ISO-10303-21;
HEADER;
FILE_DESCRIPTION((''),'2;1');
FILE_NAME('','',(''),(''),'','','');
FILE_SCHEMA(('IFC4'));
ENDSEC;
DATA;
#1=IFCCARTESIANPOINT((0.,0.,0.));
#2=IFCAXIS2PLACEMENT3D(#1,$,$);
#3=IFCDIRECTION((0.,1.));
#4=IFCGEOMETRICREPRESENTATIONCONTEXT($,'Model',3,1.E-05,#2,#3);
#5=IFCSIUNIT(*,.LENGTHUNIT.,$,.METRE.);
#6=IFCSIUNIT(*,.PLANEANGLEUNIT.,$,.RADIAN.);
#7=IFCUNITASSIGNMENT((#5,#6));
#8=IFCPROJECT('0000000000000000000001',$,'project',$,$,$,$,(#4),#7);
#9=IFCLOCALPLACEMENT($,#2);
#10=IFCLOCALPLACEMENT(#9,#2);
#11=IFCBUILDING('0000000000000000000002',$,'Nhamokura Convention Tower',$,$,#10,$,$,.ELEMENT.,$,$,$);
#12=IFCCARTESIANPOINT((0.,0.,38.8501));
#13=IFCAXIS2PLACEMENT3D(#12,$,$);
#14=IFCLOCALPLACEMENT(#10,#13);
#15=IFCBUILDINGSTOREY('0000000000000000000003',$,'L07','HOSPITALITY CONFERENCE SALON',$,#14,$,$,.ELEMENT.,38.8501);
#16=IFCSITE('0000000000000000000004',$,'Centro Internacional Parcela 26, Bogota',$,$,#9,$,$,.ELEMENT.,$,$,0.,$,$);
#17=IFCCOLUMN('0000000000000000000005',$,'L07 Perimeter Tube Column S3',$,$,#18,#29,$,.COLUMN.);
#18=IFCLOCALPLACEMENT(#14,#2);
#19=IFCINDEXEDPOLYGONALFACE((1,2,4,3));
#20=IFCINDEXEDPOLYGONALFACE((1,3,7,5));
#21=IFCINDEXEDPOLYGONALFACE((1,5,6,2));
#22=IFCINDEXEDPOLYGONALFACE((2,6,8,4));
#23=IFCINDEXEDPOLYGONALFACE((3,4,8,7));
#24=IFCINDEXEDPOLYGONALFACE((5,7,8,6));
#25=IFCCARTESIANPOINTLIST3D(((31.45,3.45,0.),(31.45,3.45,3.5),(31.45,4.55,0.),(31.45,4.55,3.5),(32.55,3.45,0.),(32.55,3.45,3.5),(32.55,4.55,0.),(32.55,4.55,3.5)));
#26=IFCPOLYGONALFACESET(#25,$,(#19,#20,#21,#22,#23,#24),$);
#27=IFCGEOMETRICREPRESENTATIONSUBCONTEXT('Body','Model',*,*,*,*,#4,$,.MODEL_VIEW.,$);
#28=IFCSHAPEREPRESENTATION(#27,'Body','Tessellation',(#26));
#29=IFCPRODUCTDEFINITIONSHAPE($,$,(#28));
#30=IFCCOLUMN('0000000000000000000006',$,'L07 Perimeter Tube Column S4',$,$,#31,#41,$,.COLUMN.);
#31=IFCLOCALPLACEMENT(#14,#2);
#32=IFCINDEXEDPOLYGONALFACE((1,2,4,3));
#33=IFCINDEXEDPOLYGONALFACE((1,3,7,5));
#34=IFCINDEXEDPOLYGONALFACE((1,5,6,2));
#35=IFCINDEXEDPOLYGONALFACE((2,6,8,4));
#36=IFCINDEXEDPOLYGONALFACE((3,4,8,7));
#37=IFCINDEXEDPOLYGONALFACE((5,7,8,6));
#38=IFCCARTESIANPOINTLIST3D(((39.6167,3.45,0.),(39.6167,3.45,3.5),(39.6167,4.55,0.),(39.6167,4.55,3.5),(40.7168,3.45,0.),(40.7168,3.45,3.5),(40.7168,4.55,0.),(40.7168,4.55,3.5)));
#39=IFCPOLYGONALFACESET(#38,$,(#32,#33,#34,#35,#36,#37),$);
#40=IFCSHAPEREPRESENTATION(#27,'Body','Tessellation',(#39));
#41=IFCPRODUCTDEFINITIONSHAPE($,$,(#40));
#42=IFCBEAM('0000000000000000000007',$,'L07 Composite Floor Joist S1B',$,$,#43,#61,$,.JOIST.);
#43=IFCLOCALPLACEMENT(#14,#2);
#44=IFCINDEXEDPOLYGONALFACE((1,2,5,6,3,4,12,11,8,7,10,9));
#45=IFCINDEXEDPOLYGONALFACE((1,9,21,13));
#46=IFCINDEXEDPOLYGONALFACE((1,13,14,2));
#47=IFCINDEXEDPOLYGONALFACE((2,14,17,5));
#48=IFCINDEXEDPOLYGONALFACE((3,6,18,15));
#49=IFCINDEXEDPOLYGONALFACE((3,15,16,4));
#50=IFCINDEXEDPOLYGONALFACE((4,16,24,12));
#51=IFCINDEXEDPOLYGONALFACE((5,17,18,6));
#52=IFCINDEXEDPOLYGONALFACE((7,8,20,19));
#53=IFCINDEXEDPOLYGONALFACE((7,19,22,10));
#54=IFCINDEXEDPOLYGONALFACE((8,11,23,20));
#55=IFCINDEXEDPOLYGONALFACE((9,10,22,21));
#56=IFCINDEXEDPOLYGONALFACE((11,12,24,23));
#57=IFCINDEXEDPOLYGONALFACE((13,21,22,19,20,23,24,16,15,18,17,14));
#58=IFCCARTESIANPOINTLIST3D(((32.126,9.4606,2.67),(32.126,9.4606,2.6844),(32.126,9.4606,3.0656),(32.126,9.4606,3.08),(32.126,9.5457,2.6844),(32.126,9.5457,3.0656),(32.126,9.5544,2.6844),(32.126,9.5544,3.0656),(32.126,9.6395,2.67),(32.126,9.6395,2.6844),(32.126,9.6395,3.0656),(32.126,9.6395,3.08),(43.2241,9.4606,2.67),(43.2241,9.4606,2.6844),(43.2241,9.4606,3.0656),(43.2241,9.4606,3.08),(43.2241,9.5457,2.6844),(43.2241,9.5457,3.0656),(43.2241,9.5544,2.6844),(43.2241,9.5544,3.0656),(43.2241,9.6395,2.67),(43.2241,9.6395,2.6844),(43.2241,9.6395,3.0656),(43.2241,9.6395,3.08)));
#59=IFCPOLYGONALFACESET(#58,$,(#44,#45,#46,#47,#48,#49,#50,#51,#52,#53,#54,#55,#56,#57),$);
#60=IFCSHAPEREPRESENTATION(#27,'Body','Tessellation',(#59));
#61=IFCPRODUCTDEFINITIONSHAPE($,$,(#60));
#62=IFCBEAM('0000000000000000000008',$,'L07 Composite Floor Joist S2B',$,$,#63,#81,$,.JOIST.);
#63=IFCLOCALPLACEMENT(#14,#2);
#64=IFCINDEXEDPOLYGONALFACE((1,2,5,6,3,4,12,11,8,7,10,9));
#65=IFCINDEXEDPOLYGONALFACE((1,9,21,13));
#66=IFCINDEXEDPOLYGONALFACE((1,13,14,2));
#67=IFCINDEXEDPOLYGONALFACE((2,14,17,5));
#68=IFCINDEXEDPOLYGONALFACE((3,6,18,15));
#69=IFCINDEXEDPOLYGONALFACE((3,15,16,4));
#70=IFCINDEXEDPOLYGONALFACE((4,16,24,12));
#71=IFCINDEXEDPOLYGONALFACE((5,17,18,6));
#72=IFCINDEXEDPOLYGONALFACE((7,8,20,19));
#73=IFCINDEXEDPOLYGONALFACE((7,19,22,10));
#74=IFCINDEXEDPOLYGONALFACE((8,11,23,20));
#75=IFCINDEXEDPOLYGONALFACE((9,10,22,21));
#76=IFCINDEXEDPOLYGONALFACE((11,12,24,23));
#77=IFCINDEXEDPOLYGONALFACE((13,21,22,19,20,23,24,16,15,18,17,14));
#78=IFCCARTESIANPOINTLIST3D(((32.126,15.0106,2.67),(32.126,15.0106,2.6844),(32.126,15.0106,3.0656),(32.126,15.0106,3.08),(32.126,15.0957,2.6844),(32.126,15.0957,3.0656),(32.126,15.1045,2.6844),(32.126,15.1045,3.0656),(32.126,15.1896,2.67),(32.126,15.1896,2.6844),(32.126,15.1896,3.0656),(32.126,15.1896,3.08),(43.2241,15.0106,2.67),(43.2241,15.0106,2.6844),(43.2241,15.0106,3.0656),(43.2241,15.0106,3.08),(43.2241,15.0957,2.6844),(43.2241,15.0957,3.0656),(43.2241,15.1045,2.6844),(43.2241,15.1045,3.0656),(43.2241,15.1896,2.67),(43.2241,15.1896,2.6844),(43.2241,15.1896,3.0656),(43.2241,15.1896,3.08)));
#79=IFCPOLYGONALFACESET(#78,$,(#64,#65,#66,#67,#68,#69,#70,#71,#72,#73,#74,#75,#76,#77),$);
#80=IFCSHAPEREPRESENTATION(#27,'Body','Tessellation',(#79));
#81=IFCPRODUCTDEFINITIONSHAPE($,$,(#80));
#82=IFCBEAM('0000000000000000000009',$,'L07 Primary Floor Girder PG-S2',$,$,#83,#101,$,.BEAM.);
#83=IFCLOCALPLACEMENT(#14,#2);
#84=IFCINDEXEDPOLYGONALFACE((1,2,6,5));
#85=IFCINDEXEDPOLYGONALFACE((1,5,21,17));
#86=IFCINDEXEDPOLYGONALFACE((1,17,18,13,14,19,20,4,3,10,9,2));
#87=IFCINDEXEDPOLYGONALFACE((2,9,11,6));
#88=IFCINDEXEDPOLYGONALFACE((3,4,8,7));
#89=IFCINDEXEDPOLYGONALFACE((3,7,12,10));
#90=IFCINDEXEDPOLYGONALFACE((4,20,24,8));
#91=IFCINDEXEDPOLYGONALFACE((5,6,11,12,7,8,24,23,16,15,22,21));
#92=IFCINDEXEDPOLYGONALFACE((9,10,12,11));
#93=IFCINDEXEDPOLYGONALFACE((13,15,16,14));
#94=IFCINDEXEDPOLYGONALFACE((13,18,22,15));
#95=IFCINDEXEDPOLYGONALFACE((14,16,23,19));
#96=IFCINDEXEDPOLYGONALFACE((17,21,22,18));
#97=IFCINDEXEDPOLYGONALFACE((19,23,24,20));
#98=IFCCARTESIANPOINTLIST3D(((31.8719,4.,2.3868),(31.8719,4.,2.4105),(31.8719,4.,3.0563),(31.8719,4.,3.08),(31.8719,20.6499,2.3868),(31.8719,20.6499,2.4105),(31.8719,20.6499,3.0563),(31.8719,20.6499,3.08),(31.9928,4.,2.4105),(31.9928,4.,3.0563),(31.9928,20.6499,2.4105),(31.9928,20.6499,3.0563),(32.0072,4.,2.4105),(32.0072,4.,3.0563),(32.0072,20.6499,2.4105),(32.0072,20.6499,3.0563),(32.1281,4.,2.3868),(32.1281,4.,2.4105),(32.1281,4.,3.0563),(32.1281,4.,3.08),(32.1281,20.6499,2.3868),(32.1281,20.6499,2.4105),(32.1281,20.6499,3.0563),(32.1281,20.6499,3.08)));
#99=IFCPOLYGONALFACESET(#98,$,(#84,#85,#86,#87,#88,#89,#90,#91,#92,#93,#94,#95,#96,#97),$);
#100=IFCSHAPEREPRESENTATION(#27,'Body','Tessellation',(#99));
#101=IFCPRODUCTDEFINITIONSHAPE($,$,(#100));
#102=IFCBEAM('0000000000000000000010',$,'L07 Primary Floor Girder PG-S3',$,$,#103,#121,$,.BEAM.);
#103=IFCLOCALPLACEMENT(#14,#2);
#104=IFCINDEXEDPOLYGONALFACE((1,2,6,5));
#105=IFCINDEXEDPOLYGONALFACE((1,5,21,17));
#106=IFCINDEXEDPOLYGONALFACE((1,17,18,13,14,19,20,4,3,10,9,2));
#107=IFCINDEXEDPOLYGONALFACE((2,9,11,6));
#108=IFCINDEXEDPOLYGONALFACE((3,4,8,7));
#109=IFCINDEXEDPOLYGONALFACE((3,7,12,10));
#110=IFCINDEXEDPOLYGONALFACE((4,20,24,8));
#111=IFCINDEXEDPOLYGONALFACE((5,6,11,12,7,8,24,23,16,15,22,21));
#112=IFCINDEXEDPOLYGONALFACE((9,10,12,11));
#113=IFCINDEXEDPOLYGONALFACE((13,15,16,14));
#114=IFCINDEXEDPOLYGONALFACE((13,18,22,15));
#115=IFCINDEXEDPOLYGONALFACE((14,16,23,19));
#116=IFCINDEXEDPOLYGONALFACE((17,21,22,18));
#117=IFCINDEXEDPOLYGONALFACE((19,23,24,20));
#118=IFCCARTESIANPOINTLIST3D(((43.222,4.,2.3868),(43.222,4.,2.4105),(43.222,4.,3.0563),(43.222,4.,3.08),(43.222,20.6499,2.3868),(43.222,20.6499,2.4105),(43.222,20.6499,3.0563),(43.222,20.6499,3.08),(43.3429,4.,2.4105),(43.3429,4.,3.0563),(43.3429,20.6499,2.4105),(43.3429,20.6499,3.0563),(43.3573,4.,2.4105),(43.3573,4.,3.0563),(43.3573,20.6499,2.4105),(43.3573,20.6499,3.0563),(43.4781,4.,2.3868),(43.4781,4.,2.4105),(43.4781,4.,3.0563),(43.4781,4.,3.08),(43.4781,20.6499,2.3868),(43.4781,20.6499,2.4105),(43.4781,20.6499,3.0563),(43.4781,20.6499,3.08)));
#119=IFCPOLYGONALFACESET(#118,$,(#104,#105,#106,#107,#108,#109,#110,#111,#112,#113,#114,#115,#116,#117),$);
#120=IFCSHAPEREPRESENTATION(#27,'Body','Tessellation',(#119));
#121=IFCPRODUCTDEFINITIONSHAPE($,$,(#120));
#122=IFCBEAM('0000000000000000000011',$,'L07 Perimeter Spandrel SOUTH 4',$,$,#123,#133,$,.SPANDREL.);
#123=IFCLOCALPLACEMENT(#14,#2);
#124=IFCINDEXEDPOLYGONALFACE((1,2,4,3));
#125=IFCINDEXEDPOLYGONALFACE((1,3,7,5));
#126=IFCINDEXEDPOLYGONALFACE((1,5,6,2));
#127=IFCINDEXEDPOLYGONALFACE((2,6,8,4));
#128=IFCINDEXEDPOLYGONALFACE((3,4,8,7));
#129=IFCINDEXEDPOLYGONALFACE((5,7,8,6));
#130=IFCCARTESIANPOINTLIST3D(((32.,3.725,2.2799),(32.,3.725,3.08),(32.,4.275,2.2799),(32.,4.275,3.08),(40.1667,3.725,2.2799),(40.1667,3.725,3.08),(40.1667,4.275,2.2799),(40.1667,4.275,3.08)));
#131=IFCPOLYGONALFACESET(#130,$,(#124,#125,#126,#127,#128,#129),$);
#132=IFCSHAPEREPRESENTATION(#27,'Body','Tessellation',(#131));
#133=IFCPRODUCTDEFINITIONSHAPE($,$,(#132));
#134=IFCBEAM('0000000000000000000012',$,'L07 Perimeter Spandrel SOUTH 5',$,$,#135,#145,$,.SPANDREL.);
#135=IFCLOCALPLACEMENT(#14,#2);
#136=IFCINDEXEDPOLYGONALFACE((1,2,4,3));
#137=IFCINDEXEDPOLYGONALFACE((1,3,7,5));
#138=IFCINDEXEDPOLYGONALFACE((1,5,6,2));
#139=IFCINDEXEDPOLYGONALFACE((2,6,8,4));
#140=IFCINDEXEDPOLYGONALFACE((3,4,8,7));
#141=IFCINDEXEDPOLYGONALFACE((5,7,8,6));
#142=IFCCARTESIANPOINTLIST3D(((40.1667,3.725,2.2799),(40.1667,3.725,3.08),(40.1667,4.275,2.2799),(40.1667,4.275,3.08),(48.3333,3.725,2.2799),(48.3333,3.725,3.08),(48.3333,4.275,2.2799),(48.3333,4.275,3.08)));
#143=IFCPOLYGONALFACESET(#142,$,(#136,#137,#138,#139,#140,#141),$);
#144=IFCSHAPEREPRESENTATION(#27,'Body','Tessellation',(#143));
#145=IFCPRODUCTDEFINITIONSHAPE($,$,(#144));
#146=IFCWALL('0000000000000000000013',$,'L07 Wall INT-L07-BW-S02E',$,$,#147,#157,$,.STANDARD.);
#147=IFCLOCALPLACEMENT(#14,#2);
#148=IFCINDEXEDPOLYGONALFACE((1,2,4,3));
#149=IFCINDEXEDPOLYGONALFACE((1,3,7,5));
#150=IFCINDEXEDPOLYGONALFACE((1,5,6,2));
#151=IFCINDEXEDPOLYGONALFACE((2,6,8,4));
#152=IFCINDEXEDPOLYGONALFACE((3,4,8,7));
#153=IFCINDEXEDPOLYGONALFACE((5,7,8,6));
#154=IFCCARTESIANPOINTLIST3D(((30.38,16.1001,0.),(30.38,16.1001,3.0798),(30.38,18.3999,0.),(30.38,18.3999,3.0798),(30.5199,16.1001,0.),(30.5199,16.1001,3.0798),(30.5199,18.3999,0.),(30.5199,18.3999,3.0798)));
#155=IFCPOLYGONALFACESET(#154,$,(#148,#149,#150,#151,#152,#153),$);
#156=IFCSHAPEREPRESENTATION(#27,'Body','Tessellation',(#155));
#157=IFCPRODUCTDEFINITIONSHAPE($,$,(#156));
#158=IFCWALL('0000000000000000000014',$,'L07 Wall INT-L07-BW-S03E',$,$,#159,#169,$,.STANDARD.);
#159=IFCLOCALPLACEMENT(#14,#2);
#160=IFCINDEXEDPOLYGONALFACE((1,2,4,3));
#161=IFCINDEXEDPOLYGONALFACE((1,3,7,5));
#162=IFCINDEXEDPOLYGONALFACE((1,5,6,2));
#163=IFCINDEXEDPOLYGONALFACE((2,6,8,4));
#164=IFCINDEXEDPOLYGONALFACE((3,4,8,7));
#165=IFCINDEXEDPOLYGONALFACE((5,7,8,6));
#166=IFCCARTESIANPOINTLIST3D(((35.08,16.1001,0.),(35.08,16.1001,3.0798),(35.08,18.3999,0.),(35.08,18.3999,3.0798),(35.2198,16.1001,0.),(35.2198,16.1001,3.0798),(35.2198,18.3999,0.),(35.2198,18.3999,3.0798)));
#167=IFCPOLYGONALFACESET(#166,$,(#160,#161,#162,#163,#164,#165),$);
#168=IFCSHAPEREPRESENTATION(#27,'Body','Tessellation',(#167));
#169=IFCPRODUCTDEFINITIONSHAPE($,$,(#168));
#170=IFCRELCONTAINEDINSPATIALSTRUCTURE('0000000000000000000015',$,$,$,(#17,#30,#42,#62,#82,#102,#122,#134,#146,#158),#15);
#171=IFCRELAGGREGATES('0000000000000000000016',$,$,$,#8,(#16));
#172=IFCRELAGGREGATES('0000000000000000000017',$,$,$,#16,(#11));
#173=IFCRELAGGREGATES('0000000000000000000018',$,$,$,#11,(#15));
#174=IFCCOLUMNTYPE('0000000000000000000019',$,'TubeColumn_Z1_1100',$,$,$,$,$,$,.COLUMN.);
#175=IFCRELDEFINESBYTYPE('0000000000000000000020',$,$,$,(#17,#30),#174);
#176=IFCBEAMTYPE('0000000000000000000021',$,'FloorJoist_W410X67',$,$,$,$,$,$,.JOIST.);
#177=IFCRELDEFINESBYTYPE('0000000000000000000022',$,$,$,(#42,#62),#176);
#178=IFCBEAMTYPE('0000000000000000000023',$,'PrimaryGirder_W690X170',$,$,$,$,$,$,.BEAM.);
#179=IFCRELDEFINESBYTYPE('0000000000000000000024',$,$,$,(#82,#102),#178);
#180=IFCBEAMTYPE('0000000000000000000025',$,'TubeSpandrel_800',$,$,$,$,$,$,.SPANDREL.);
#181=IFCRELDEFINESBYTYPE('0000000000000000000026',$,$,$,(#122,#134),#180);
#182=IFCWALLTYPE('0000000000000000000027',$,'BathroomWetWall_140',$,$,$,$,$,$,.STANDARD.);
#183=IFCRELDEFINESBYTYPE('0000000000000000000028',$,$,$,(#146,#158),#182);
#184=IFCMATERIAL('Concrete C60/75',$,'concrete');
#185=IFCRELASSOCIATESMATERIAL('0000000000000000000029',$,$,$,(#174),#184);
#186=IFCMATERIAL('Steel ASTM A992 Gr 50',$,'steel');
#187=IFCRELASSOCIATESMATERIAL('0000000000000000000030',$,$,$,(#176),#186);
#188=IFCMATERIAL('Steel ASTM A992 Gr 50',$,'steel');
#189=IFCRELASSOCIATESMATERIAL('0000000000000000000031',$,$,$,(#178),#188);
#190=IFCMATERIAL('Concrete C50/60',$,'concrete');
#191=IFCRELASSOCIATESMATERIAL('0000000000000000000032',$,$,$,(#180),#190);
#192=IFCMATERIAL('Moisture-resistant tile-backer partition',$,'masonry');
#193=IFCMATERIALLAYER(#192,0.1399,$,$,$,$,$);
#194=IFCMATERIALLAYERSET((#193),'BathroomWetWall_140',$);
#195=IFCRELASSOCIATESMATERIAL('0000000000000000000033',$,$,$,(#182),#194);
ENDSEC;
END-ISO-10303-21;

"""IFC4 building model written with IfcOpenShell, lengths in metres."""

from ifc_helpers import new_model, si_unit, direction, frame, frame_2d, origin, origin_2d, place, context, subcontext, project, spatial, rectangle, i_section, extrude, material, layer, layer_set, material_profile, profile_set, type_object, element, save


model = new_model("IFC4")

# Units and contexts
model_context = context("Model", 3, precision=1e-05, world=origin(), true_north=direction((0.0, 1.0)))
body_context = subcontext(model_context, "Body", "Model", "MODEL_VIEW")
ifc_project = project(units=[si_unit("LENGTHUNIT", "METRE"), si_unit("PLANEANGLEUNIT", "RADIAN")], contexts=[model_context])

# Site, building, storey
site_placement = place(None, origin())
site = spatial("IfcSite", under=ifc_project, at=site_placement, Name="Centro Internacional Parcela 26, Bogota", CompositionType="ELEMENT", RefElevation=0.0)
building_placement = place(site_placement, origin())
building = spatial("IfcBuilding", under=site, at=building_placement, Name="Nhamokura Convention Tower", CompositionType="ELEMENT")
storey_placement = place(building_placement, frame((0.0, 0.0, 38.8501)))
storey = spatial("IfcBuildingStorey", under=building, at=storey_placement, Name="L07", Description="HOSPITALITY CONFERENCE SALON", CompositionType="ELEMENT", Elevation=38.8501)

# Columns
ifc_material_1 = material(Name="Concrete C60/75", Category="concrete")
ifc_material_profile_1 = material_profile(ifc_material_1, rectangle(XDim=1.1001, YDim=1.1001, at=origin_2d()))
ifc_profile_set_1 = profile_set([ifc_material_profile_1], Name="Concrete C60/75")
column_type = type_object("IfcColumnType", Name="TubeColumn_Z1_1100", PredefinedType="COLUMN", material=ifc_profile_set_1)
for number, where, z_axis, x_axis, name in (
    (1, (32.0, 4.0, 0.0), (0.0, 0.0, 1.0), (1.0, 0.0, 0.0), "L07 Perimeter Tube Column S3"),
    (2, (40.1667, 4.0, 0.0), (0.0, 0.0, 1.0), (1.0, 0.0, 0.0), "L07 Perimeter Tube Column S4"),
):
    element("IfcColumn", number, at=place(storey_placement, frame(where, z_axis=z_axis, x_axis=x_axis)), inside=storey, type_object=column_type, Name=name, PredefinedType="COLUMN", context=body_context, shape_type="SweptSolid", body=[
        extrude(rectangle(XDim=1.1001, YDim=1.1001, at=origin_2d()), origin(), (0.0, 0.0, 1.0), 3.5),
    ])

# Beams
ifc_material_2 = material(Name="Steel ASTM A992 Gr 50", Category="steel")
ifc_material_profile_2 = material_profile(ifc_material_2, i_section(OverallWidth=0.179, OverallDepth=0.4099, WebThickness=0.0088, FlangeThickness=0.0144, at=origin_2d()))
ifc_profile_set_2 = profile_set([ifc_material_profile_2], Name="Steel ASTM A992 Gr 50")
beam_type_1 = type_object("IfcBeamType", Name="FloorJoist_W410X67", PredefinedType="JOIST", material=ifc_profile_set_2)
for number, where, z_axis, x_axis, name in (
    (3, (32.126, 9.55, 2.875), (1.0, 0.0, 0.0), (0.0, 1.0, 0.0), "L07 Composite Floor Joist S1B"),
    (4, (32.126, 15.1001, 2.875), (1.0, 0.0, 0.0), (0.0, 1.0, 0.0), "L07 Composite Floor Joist S2B"),
):
    element("IfcBeam", number, at=place(storey_placement, frame(where, z_axis=z_axis, x_axis=x_axis)), inside=storey, type_object=beam_type_1, Name=name, PredefinedType="JOIST", context=body_context, shape_type="SweptSolid", body=[
        extrude(i_section(OverallWidth=0.179, OverallDepth=0.4099, WebThickness=0.0088, FlangeThickness=0.0144, at=origin_2d()), origin(), (0.0, 0.0, 1.0), 11.0981),
    ])
ifc_material_3 = material(Name="Steel ASTM A992 Gr 50", Category="steel")
ifc_material_profile_3 = material_profile(ifc_material_3, i_section(OverallWidth=0.2561, OverallDepth=0.6931, WebThickness=0.0144, FlangeThickness=0.0237, at=origin_2d()))
ifc_profile_set_3 = profile_set([ifc_material_profile_3], Name="Steel ASTM A992 Gr 50")
beam_type_2 = type_object("IfcBeamType", Name="PrimaryGirder_W690X170", PredefinedType="BEAM", material=ifc_profile_set_3)
for number, where, z_axis, x_axis, name in (
    (5, (32.0, 4.0, 2.7334), (0.0, 1.0, 0.0), (-1.0, 0.0, 0.0), "L07 Primary Floor Girder PG-S2"),
    (6, (43.3501, 4.0, 2.7334), (0.0, 1.0, 0.0), (-1.0, 0.0, 0.0), "L07 Primary Floor Girder PG-S3"),
):
    element("IfcBeam", number, at=place(storey_placement, frame(where, z_axis=z_axis, x_axis=x_axis)), inside=storey, type_object=beam_type_2, Name=name, PredefinedType="BEAM", context=body_context, shape_type="SweptSolid", body=[
        extrude(i_section(OverallWidth=0.2561, OverallDepth=0.6931, WebThickness=0.0144, FlangeThickness=0.0237, at=origin_2d()), origin(), (0.0, 0.0, 1.0), 16.6499),
    ])
ifc_material_4 = material(Name="Concrete C50/60", Category="concrete")
ifc_material_profile_4 = material_profile(ifc_material_4, rectangle(XDim=0.55, YDim=0.8, at=origin_2d()))
ifc_profile_set_4 = profile_set([ifc_material_profile_4], Name="Concrete C50/60")
beam_type_3 = type_object("IfcBeamType", Name="TubeSpandrel_800", PredefinedType="SPANDREL", material=ifc_profile_set_4)
beam_1_placement = place(storey_placement, frame((32.0, 4.0, 2.6799), z_axis=(1.0, 0.0, 0.0), x_axis=(0.0, 1.0, 0.0)))
element("IfcBeam", 7, at=beam_1_placement, inside=storey, type_object=beam_type_3, Name="L07 Perimeter Spandrel SOUTH 4", PredefinedType="SPANDREL", context=body_context, shape_type="SweptSolid", body=[
    extrude(rectangle(XDim=0.55, YDim=0.8, at=origin_2d()), origin(), (0.0, 0.0, 1.0), 8.1667),
])
beam_2_placement = place(storey_placement, frame((40.1667, 4.0, 2.6799), z_axis=(1.0, 0.0, 0.0), x_axis=(0.0, 1.0, 0.0)))
element("IfcBeam", 8, at=beam_2_placement, inside=storey, type_object=beam_type_3, Name="L07 Perimeter Spandrel SOUTH 5", PredefinedType="SPANDREL", context=body_context, shape_type="SweptSolid", body=[
    extrude(rectangle(XDim=0.55, YDim=0.8, at=origin_2d()), origin(), (0.0, 0.0, 1.0), 8.1665),
])

# Walls
ifc_material_5 = material(Name="Moisture-resistant tile-backer partition", Category="masonry")
ifc_layer_1 = layer(ifc_material_5, 0.1399)
ifc_layer_set_1 = layer_set([ifc_layer_1], Name="BathroomWetWall_140")
wall_type_1 = type_object("IfcWallType", Name="BathroomWetWall_140", PredefinedType="STANDARD", material=ifc_layer_set_1)
for number, where, z_axis, x_axis, name in (
    (9, (30.45, 16.1001, 0.0), (0.0, 0.0, 1.0), (0.0, 1.0, 0.0), "L07 Wall INT-L07-BW-S02E"),
    (10, (35.1499, 16.1001, 0.0), (0.0, 0.0, 1.0), (0.0, 1.0, 0.0), "L07 Wall INT-L07-BW-S03E"),
):
    element("IfcWall", number, at=place(storey_placement, frame(where, z_axis=z_axis, x_axis=x_axis)), inside=storey, type_object=wall_type_1, Name=name, PredefinedType="STANDARD", context=body_context, shape_type="SweptSolid", body=[
        extrude(rectangle(XDim=2.2998, YDim=0.1399, at=frame_2d((1.1499, 0.0))), origin(), (0.0, 0.0, 1.0), 3.0798),
    ])

save(model, "model.ifc")
